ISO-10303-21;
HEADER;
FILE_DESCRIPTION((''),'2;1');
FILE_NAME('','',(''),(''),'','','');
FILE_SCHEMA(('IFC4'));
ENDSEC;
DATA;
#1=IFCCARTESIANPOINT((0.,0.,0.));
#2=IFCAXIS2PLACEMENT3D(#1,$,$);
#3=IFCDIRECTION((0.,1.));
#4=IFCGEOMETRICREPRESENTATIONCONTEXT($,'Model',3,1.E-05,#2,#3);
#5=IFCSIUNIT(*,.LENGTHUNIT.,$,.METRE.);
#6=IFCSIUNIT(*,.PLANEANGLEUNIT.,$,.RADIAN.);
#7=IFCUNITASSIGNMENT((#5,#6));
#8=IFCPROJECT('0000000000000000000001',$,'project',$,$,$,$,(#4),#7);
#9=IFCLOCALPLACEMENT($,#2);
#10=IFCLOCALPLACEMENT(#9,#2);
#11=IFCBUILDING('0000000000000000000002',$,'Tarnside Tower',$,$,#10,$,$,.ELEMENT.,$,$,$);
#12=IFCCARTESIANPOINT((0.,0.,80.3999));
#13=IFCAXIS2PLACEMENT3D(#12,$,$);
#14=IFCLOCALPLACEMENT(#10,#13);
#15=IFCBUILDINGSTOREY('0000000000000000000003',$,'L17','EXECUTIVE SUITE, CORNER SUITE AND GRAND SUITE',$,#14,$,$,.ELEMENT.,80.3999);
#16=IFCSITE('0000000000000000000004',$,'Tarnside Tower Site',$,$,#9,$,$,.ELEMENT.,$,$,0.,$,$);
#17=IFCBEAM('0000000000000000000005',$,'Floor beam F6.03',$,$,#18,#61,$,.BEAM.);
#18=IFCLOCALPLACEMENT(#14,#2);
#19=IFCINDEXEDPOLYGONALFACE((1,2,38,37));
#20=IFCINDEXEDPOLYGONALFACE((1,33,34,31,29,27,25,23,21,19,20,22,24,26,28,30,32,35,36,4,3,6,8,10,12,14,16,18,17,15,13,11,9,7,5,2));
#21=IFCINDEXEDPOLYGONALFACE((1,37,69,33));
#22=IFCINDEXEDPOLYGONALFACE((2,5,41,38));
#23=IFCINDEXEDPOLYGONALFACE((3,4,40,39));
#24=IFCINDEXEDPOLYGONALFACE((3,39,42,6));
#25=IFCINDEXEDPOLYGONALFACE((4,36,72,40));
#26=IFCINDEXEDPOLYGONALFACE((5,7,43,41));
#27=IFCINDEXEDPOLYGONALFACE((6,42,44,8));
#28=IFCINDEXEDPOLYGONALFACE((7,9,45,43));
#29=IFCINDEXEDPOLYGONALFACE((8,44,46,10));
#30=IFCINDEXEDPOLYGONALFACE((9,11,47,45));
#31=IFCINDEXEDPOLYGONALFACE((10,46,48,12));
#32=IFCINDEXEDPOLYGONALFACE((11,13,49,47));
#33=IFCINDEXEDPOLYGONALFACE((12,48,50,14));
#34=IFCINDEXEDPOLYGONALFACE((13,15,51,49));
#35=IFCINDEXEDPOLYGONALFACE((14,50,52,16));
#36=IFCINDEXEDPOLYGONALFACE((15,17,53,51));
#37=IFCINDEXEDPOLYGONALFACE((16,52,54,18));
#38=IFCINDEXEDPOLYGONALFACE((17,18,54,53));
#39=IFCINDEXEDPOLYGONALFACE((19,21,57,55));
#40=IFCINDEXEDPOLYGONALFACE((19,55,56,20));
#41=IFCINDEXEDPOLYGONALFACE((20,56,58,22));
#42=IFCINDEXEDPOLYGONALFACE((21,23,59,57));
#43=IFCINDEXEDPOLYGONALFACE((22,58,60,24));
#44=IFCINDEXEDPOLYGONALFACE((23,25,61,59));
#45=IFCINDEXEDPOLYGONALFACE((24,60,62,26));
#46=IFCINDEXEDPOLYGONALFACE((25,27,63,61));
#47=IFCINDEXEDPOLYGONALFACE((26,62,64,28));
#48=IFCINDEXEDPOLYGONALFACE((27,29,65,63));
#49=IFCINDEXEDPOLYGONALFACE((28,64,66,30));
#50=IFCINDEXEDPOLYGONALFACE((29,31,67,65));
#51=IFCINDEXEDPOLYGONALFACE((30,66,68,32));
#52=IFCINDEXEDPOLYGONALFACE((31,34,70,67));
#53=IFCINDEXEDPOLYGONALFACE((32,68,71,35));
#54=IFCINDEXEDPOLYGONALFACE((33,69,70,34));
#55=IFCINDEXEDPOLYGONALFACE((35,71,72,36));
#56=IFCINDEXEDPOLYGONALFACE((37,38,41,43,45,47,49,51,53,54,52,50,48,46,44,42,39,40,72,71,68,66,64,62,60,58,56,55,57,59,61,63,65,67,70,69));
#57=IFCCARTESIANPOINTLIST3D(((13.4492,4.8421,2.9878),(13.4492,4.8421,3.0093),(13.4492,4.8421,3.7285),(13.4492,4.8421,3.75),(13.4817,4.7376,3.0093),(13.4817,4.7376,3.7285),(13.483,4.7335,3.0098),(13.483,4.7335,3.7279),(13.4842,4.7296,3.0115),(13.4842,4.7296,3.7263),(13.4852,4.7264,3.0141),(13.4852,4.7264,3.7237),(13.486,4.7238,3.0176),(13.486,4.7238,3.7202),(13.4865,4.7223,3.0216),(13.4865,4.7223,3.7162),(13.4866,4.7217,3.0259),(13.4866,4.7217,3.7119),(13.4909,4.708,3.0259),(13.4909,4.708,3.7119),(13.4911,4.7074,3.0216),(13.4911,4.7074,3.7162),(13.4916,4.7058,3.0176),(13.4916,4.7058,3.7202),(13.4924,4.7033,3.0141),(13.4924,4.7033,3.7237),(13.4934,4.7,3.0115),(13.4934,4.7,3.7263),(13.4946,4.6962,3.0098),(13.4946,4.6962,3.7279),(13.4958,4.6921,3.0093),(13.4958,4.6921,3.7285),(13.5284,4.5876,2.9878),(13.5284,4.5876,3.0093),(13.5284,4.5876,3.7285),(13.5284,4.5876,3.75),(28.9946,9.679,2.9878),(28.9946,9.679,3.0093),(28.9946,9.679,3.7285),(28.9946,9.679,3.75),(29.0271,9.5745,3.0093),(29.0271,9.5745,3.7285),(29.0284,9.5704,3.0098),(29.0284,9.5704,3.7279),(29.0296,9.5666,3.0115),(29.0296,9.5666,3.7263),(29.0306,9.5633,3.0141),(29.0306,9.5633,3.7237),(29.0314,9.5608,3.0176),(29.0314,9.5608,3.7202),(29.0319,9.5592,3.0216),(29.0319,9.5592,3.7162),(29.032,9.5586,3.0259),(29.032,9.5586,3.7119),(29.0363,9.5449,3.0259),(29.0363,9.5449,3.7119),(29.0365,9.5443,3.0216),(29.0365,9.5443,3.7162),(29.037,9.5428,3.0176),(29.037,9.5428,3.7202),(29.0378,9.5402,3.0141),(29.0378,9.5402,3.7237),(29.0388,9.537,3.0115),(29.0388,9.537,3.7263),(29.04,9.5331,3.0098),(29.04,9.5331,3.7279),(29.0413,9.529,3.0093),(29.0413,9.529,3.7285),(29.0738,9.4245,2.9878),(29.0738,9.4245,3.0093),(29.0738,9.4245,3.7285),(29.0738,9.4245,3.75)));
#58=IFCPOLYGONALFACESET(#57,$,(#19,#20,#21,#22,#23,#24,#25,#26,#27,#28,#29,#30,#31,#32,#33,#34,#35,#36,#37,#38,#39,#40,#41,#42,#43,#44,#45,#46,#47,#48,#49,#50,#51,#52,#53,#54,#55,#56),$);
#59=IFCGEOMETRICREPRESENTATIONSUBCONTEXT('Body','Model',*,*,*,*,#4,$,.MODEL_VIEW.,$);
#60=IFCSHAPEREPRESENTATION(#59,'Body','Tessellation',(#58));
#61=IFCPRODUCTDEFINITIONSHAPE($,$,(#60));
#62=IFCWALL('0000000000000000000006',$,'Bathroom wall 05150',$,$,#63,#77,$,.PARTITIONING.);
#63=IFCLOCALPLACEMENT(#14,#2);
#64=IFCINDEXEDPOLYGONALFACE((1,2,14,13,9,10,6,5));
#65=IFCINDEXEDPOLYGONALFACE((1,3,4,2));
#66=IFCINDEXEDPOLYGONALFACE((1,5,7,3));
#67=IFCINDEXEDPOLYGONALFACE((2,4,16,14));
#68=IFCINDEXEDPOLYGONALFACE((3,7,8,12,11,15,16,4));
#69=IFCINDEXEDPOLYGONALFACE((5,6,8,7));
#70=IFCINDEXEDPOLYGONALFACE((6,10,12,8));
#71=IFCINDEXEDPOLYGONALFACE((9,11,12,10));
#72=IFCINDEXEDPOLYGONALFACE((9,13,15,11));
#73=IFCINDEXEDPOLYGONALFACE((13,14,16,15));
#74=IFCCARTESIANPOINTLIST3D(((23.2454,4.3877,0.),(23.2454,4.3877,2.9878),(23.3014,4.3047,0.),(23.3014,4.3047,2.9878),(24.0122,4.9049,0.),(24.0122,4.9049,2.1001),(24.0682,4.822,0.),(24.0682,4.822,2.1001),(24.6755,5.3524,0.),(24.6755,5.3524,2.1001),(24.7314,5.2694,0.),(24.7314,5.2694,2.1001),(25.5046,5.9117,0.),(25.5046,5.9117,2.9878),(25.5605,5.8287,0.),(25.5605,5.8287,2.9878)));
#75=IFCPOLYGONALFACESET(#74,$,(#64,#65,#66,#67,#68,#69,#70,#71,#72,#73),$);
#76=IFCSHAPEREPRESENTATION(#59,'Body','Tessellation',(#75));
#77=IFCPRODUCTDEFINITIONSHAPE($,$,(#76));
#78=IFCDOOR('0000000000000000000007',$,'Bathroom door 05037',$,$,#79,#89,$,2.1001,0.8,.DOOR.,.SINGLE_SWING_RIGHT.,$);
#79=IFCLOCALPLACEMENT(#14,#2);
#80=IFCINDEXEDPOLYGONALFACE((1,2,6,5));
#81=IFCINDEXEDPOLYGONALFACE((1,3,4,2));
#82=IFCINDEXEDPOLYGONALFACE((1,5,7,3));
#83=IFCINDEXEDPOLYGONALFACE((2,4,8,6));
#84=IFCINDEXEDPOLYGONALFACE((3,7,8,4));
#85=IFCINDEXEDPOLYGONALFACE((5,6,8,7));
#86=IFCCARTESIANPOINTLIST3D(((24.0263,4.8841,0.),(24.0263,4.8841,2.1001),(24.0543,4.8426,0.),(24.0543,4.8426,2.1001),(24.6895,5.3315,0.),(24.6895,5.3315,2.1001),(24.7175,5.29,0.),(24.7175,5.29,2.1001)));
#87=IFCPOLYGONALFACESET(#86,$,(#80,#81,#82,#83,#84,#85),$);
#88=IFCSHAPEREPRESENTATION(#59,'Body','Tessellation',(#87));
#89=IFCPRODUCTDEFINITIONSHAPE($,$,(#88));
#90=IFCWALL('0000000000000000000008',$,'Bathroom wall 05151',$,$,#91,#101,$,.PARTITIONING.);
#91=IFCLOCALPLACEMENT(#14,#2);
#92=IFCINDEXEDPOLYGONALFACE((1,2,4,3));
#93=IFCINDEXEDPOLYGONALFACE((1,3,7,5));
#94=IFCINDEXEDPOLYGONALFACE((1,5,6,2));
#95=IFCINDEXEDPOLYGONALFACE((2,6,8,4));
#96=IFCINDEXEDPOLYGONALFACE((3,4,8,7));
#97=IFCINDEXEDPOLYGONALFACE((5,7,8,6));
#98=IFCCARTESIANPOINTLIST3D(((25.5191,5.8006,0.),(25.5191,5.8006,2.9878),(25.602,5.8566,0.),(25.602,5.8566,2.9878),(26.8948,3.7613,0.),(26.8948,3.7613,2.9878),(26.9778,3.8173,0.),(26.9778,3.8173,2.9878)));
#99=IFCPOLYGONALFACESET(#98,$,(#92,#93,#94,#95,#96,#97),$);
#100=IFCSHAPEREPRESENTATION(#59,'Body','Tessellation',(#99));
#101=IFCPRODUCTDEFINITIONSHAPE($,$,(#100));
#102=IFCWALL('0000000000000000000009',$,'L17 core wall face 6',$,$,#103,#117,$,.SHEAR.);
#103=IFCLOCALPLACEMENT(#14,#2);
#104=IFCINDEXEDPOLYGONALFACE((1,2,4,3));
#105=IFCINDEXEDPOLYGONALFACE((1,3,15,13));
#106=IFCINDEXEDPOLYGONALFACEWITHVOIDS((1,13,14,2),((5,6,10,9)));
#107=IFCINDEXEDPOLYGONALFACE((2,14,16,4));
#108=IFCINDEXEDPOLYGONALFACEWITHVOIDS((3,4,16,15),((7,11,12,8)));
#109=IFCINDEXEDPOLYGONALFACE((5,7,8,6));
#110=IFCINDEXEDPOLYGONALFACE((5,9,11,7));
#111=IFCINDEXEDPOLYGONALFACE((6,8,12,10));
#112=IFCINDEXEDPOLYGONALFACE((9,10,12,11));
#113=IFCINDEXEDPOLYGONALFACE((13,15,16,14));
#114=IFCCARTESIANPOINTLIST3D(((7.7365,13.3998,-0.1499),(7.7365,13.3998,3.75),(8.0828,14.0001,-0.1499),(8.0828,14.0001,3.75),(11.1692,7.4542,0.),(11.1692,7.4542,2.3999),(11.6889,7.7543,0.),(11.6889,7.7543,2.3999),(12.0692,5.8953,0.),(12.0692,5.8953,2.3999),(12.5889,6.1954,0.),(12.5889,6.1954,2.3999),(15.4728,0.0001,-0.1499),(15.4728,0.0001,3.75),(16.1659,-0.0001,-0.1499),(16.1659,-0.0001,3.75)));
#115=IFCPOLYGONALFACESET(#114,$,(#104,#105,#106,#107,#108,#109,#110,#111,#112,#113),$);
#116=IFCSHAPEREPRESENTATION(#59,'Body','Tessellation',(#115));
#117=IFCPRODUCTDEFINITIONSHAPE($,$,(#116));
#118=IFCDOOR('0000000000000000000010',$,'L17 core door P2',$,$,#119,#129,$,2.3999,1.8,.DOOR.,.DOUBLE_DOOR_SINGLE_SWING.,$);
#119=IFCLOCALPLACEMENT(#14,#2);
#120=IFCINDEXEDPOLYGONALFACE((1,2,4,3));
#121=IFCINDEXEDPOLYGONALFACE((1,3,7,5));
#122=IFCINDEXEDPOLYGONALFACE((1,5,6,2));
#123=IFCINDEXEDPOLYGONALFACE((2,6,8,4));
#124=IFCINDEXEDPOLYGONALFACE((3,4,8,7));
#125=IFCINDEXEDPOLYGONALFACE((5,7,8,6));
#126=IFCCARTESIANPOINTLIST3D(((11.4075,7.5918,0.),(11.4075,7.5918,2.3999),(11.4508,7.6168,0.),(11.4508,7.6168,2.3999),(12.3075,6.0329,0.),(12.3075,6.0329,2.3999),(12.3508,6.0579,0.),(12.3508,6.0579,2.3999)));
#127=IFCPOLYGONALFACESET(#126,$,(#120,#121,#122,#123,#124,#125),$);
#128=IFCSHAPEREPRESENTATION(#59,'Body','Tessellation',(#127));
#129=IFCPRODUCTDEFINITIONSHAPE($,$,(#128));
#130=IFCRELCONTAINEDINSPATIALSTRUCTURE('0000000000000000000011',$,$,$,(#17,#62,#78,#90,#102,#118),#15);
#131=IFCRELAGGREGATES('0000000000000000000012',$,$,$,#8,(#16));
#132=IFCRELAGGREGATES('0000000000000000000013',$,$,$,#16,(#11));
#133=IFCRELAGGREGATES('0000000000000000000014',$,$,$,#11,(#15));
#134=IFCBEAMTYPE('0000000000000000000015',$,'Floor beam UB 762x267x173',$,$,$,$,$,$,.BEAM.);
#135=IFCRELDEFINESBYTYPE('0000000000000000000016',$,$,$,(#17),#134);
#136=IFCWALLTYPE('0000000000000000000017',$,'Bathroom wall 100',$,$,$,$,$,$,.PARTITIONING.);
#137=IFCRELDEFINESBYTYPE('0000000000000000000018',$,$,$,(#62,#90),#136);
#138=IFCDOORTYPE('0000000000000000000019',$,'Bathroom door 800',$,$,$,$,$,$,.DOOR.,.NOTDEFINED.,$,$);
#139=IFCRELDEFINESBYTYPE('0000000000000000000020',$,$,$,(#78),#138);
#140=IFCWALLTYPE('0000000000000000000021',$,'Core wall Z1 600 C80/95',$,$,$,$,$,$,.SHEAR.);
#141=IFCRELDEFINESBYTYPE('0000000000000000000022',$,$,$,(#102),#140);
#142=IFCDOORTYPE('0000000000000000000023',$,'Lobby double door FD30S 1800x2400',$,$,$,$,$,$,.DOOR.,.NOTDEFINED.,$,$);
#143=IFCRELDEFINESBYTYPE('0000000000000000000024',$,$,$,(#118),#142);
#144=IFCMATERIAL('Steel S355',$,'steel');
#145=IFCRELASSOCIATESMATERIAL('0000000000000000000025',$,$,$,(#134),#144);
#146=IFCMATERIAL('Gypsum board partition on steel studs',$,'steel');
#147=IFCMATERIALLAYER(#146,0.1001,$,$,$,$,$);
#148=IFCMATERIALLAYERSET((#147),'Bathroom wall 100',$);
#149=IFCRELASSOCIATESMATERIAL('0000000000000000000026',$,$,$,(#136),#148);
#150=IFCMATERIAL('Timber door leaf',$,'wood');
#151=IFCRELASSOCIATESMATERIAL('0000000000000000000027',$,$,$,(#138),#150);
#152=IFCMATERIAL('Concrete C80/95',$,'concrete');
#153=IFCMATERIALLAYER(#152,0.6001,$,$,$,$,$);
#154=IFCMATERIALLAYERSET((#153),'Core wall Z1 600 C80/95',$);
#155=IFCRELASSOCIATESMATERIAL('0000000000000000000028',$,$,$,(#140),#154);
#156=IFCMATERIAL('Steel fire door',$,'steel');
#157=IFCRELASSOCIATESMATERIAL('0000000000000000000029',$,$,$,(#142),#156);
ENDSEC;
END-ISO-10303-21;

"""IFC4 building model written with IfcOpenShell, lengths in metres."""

from ifc_helpers import new_model, si_unit, direction, frame, frame_2d, origin, origin_2d, place, context, subcontext, project, spatial, polyline, rectangle, i_section, outline, extrude, material, layer, layer_set, material_profile, profile_set, type_object, element, fill, save


model = new_model("IFC4")

# Units and contexts
model_context = context("Model", 3, precision=1e-05, world=origin(), true_north=direction((0.0, 1.0)))
body_context = subcontext(model_context, "Body", "Model", "MODEL_VIEW")
ifc_project = project(units=[si_unit("LENGTHUNIT", "METRE"), si_unit("PLANEANGLEUNIT", "RADIAN")], contexts=[model_context])

# Site, building, storey
site_placement = place(None, origin())
site = spatial("IfcSite", under=ifc_project, at=site_placement, Name="Tarnside Tower Site", CompositionType="ELEMENT", RefElevation=0.0)
building_placement = place(site_placement, origin())
building = spatial("IfcBuilding", under=site, at=building_placement, Name="Tarnside Tower", CompositionType="ELEMENT")
storey_placement = place(building_placement, frame((0.0, 0.0, 80.3999)))
storey = spatial("IfcBuildingStorey", under=building, at=storey_placement, Name="L17", Description="EXECUTIVE SUITE, CORNER SUITE AND GRAND SUITE", CompositionType="ELEMENT", Elevation=80.3999)

# Beam
ifc_material_1 = material(Name="Steel S355", Category="steel")
ifc_material_profile = material_profile(ifc_material_1, i_section(OverallWidth=0.2666, OverallDepth=0.7622, WebThickness=0.0144, FlangeThickness=0.0215, FilletRadius=0.0166, at=origin_2d()), Name="UB 762x267x173")
ifc_profile_set = profile_set([ifc_material_profile], Name="Steel S355")
beam_type = type_object("IfcBeamType", Name="Floor beam UB 762x267x173", PredefinedType="BEAM", material=ifc_profile_set)
beam_placement = place(storey_placement, frame((29.0342, 9.5518, 3.3689), z_axis=(-0.954847, -0.297098, 0.0), x_axis=(0.297098, -0.954847, 0.0)))
element("IfcBeam", 1, at=beam_placement, inside=storey, type_object=beam_type, Name="Floor beam F6.03", PredefinedType="BEAM", context=body_context, shape_type="SweptSolid", body=[
    extrude(i_section(OverallWidth=0.2666, OverallDepth=0.7622, WebThickness=0.0144, FlangeThickness=0.0215, FilletRadius=0.0166, at=origin_2d()), origin(), (0.0, 0.0, 1.0), 16.2805),
])

# Wall, opening, door
ifc_material_2 = material(Name="Gypsum board partition on steel studs", Category="steel")
ifc_layer_1 = layer(ifc_material_2, 0.1001)
ifc_layer_set_1 = layer_set([ifc_layer_1], Name="Bathroom wall 100")
wall_type_1 = type_object("IfcWallType", Name="Bathroom wall 100", PredefinedType="PARTITIONING", material=ifc_layer_set_1)
wall_1_placement = place(storey_placement, frame((23.2734, 4.3462, 0.0), z_axis=(0.0, 0.0, 1.0), x_axis=(0.829005, 0.55924, 0.0)))
wall_1 = element("IfcWall", 2, at=wall_1_placement, inside=storey, type_object=wall_type_1, Name="Bathroom wall 05150", PredefinedType="PARTITIONING", context=body_context, shape_type="SweptSolid", body=[
    extrude(rectangle(XDim=2.7251, YDim=0.1001, at=frame_2d((1.3625, 0.0))), origin(), (0.0, 0.0, 1.0), 2.9878),
])
opening_1_placement = place(wall_1_placement, frame((0.925, 0.0, 0.0)))
opening_1 = element("IfcOpeningElement", 3, at=opening_1_placement, cuts=wall_1, PredefinedType="OPENING", context=body_context, shape_type="SweptSolid", body=[
    extrude(rectangle(XDim=0.8, YDim=2.1001, at=frame_2d((0.3999, 1.05))), frame((0.0, 0.0601, 0.0), z_axis=(0.0, -1.0, 0.0), x_axis=(1.0, 0.0, 0.0)), (0.0, 0.0, 1.0), 0.1201),
])
ifc_material_3 = material(Name="Timber door leaf", Category="wood")
door_type_1 = type_object("IfcDoorType", Name="Bathroom door 800", OperationType="NOTDEFINED", PredefinedType="DOOR", material=ifc_material_3)
door_1_placement = place(opening_1_placement, origin())
door_1 = element("IfcDoor", 4, at=door_1_placement, inside=storey, type_object=door_type_1, Name="Bathroom door 05037", OperationType="SINGLE_SWING_RIGHT", OverallHeight=2.1001, OverallWidth=0.8, PredefinedType="DOOR", context=body_context, shape_type="SweptSolid", body=[
    extrude(rectangle(XDim=0.8, YDim=2.1001, at=frame_2d((0.3999, 1.05))), frame((0.0, 0.0249, 0.0), z_axis=(0.0, -1.0, 0.0), x_axis=(1.0, 0.0, 0.0)), (0.0, 0.0, 1.0), 0.05),
])
fill(opening_1, door_1)

# Wall
wall_2_placement = place(storey_placement, frame((25.5605, 5.8286, 0.0), z_axis=(0.0, 0.0, 1.0), x_axis=(0.55925, -0.828999, 0.0)))
element("IfcWall", 5, at=wall_2_placement, inside=storey, type_object=wall_type_1, Name="Bathroom wall 05151", PredefinedType="PARTITIONING", context=body_context, shape_type="SweptSolid", body=[
    extrude(rectangle(XDim=2.46, YDim=0.1001, at=frame_2d((1.23, 0.0))), origin(), (0.0, 0.0, 1.0), 2.9878),
])

# Wall, opening, door
ifc_material_4 = material(Name="Concrete C80/95", Category="concrete")
ifc_layer_2 = layer(ifc_material_4, 0.6001)
ifc_layer_set_2 = layer_set([ifc_layer_2], Name="Core wall Z1 600 C80/95")
wall_type_2 = type_object("IfcWallType", Name="Core wall Z1 600 C80/95", PredefinedType="SHEAR", material=ifc_layer_set_2)
wall_3_placement = place(storey_placement, frame((15.8193, 0.0, -0.1499), z_axis=(0.0, 0.0, 1.0), x_axis=(-0.5, 0.866025, 0.0)))
wall_3 = element("IfcWall", 6, at=wall_3_placement, inside=storey, type_object=wall_type_2, Name="L17 core wall face 6", PredefinedType="SHEAR", context=body_context, shape_type="SweptSolid", body=[
    extrude(outline(polyline([(-0.1733, -0.3), (15.9927, -0.3), (15.646, 0.3), (0.1733, 0.3), (-0.1733, -0.3)])), origin(), (0.0, 0.0, 1.0), 3.8999),
])
opening_2_placement = place(wall_3_placement, frame((6.9807, 0.0, 0.1499)))
opening_2 = element("IfcOpeningElement", 7, at=opening_2_placement, cuts=wall_3, PredefinedType="OPENING", context=body_context, shape_type="SweptSolid", body=[
    extrude(rectangle(XDim=1.8, YDim=2.3999, at=frame_2d((0.8999, 1.2))), frame((0.0, 0.3101, 0.0), z_axis=(0.0, -1.0, 0.0), x_axis=(1.0, 0.0, 0.0)), (0.0, 0.0, 1.0), 0.6201),
])
ifc_material_5 = material(Name="Steel fire door", Category="steel")
door_type_2 = type_object("IfcDoorType", Name="Lobby double door FD30S 1800x2400", OperationType="NOTDEFINED", PredefinedType="DOOR", material=ifc_material_5)
door_2_placement = place(opening_2_placement, origin())
door_2 = element("IfcDoor", 8, at=door_2_placement, inside=storey, type_object=door_type_2, Name="L17 core door P2", OperationType="DOUBLE_DOOR_SINGLE_SWING", OverallHeight=2.3999, OverallWidth=1.8, PredefinedType="DOOR", context=body_context, shape_type="SweptSolid", body=[
    extrude(rectangle(XDim=1.8, YDim=2.3999, at=frame_2d((0.8999, 1.2))), frame((0.0, 0.0249, 0.0), z_axis=(0.0, -1.0, 0.0), x_axis=(1.0, 0.0, 0.0)), (0.0, 0.0, 1.0), 0.05),
])
fill(opening_2, door_2)

save(model, "model.ifc")
